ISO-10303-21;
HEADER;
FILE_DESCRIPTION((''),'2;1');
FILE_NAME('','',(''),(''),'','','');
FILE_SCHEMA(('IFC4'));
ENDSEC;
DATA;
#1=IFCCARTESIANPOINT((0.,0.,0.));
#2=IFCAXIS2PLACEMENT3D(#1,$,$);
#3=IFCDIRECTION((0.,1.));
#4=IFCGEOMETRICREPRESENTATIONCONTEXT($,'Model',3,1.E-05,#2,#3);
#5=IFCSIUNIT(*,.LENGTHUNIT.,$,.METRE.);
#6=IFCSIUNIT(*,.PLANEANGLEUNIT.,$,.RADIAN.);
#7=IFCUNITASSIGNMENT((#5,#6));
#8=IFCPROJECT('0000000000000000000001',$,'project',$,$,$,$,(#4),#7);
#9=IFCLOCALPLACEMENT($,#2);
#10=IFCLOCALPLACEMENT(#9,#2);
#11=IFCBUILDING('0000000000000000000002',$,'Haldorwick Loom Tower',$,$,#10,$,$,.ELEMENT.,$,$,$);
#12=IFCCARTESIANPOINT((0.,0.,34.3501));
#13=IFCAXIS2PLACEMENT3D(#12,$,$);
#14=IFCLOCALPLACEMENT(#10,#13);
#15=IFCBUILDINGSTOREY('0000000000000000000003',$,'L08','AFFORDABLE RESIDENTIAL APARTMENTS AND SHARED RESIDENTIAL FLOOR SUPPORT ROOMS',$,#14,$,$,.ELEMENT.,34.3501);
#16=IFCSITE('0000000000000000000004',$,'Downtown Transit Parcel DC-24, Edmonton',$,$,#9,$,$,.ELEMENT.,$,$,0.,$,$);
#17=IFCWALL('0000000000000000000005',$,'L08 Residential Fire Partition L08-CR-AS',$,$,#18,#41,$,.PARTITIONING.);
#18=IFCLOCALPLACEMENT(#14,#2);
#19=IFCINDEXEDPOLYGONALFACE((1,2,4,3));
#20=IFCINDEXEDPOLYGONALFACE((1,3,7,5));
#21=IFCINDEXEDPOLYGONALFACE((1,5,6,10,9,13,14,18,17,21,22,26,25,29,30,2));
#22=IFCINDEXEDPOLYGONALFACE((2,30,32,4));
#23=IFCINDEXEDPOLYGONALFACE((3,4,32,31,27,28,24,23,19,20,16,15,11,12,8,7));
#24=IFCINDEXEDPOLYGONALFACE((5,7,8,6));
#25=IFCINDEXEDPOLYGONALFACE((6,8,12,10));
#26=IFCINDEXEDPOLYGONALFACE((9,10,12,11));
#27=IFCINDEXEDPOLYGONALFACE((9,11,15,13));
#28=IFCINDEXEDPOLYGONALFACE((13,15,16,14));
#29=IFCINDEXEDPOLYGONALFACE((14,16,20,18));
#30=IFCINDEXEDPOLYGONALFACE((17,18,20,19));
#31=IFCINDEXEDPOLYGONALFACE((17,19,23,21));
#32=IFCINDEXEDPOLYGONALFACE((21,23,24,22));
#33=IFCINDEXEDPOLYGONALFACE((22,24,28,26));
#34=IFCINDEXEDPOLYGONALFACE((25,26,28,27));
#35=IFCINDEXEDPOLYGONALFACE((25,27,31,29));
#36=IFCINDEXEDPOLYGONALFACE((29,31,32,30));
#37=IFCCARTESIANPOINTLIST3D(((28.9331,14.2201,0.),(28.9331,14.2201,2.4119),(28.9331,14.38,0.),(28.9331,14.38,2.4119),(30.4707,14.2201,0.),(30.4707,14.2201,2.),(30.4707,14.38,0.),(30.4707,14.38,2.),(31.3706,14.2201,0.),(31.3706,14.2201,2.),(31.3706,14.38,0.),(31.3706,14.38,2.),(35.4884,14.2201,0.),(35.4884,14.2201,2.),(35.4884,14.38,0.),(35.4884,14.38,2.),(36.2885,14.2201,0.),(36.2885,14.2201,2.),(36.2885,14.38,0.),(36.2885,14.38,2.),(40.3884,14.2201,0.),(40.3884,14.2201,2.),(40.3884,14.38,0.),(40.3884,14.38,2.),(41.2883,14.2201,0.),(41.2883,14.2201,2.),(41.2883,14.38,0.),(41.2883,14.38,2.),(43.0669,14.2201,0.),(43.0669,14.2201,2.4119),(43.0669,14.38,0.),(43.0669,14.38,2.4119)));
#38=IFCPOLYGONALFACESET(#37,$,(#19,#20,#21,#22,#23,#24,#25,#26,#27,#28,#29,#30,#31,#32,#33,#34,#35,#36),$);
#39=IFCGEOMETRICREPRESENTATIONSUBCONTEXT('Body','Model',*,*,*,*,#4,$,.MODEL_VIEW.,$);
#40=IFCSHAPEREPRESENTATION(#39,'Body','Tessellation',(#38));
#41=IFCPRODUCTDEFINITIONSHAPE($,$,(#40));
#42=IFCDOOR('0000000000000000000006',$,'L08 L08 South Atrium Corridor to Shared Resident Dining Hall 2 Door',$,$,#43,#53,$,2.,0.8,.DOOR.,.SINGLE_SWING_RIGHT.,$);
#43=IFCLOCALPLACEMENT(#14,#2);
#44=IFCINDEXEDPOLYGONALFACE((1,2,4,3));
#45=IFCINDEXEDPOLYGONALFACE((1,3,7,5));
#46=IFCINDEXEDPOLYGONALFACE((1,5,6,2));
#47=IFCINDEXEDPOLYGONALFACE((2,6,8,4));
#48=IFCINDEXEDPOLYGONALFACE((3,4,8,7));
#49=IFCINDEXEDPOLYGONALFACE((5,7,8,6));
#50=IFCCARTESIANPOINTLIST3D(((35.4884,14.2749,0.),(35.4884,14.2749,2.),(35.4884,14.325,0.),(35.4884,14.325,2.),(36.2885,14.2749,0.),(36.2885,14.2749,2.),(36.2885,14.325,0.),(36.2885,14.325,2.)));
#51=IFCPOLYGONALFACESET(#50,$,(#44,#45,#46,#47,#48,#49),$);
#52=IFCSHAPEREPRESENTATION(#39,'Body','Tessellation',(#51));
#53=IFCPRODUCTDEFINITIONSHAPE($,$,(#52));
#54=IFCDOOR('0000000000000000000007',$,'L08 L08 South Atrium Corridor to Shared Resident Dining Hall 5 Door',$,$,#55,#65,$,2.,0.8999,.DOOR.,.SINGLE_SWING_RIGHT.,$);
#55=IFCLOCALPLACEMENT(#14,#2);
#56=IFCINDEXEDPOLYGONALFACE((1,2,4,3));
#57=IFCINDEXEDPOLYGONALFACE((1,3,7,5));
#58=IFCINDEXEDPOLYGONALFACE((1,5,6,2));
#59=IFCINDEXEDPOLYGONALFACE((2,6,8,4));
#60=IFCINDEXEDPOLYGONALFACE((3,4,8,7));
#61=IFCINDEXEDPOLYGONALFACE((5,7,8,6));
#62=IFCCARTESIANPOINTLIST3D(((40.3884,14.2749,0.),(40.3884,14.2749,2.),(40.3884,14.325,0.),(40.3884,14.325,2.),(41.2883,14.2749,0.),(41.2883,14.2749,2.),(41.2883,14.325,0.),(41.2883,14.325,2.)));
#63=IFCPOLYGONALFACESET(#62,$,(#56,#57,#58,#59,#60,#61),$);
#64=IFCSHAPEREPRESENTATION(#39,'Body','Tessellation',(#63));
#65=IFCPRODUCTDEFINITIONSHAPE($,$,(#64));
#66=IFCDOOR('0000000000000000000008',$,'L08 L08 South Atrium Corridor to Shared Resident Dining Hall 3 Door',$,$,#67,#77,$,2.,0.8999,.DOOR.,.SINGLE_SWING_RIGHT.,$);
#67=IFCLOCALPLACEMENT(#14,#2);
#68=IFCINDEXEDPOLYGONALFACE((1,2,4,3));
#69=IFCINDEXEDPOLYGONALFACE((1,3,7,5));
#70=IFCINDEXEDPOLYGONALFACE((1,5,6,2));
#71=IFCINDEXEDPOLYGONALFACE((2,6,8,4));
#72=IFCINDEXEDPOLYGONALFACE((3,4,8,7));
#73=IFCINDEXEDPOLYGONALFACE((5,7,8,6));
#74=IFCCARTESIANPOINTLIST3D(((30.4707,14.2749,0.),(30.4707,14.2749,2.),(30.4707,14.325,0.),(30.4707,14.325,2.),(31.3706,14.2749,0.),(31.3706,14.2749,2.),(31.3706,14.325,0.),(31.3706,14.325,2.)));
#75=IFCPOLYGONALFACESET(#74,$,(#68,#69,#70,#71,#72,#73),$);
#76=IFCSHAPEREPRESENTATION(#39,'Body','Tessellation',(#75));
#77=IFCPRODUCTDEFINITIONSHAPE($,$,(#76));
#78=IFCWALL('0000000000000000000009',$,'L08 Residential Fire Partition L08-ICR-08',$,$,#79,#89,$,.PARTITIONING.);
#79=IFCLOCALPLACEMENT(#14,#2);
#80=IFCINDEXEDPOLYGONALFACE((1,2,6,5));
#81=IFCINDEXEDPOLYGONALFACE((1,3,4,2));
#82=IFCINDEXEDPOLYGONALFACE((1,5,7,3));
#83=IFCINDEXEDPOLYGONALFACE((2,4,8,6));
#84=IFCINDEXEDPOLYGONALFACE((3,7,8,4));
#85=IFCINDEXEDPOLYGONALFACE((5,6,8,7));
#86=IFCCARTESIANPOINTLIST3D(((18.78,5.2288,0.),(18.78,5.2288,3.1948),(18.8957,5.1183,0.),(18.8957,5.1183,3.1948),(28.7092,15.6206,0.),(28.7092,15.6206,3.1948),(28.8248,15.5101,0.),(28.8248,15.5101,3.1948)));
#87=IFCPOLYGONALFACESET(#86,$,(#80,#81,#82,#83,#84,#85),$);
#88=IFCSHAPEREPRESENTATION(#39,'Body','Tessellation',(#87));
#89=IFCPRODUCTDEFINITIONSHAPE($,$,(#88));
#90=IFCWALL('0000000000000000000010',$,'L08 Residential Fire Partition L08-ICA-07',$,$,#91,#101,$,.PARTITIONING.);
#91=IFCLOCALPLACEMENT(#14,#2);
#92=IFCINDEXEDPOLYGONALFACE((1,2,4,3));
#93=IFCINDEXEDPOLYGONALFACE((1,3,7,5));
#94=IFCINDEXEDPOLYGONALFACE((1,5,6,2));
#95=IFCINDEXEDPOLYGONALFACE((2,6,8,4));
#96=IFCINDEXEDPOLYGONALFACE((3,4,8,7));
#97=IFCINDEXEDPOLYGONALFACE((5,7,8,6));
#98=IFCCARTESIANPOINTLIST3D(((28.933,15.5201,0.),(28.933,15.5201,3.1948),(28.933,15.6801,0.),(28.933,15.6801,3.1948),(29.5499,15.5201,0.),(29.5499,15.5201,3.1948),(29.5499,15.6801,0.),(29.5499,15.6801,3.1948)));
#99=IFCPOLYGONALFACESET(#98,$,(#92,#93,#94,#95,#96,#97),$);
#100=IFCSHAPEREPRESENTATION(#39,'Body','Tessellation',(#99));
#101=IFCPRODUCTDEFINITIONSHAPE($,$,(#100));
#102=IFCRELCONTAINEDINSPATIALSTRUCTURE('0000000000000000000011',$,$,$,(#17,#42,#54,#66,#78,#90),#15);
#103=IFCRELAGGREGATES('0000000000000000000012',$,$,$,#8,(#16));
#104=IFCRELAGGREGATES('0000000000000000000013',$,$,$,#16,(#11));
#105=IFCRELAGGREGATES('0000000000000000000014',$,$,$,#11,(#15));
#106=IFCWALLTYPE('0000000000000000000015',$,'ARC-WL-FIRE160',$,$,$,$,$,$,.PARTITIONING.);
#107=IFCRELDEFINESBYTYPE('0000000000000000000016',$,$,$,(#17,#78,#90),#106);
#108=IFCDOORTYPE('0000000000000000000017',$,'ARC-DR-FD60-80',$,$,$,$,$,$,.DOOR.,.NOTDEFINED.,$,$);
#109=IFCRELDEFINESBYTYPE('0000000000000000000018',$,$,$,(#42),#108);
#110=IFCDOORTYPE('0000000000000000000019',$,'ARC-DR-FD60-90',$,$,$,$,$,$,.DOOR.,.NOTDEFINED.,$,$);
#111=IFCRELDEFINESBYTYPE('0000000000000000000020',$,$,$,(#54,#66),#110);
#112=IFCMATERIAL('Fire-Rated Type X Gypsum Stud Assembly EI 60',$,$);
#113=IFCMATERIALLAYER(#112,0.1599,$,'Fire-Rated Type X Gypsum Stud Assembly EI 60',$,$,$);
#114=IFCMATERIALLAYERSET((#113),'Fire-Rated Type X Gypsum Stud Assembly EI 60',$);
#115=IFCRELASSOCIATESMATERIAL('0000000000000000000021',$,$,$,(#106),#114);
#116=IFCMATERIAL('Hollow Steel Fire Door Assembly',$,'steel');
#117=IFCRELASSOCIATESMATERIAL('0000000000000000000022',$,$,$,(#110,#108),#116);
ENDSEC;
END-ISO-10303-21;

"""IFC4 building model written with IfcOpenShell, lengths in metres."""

from ifc_helpers import new_model, si_unit, direction, frame, frame_2d, origin, place, context, subcontext, project, spatial, rectangle, extrude, material, layer, layer_set, type_object, element, fill, save


model = new_model("IFC4")

# Units and contexts
model_context = context("Model", 3, precision=1e-05, world=origin(), true_north=direction((0.0, 1.0)))
body_context = subcontext(model_context, "Body", "Model", "MODEL_VIEW")
ifc_project = project(units=[si_unit("LENGTHUNIT", "METRE"), si_unit("PLANEANGLEUNIT", "RADIAN")], contexts=[model_context])

# Site, building, storey
site_placement = place(None, origin())
site = spatial("IfcSite", under=ifc_project, at=site_placement, Name="Downtown Transit Parcel DC-24, Edmonton", CompositionType="ELEMENT", RefElevation=0.0)
building_placement = place(site_placement, origin())
building = spatial("IfcBuilding", under=site, at=building_placement, Name="Haldorwick Loom Tower", CompositionType="ELEMENT")
storey_placement = place(building_placement, frame((0.0, 0.0, 34.3501)))
storey = spatial("IfcBuildingStorey", under=building, at=storey_placement, Name="L08", Description="AFFORDABLE RESIDENTIAL APARTMENTS AND SHARED RESIDENTIAL FLOOR SUPPORT ROOMS", CompositionType="ELEMENT", Elevation=34.3501)

# Wall, openings, doors
ifc_material_1 = material(Name="Fire-Rated Type X Gypsum Stud Assembly EI 60")
ifc_layer_1 = layer(ifc_material_1, 0.1599, Name="Fire-Rated Type X Gypsum Stud Assembly EI 60")
ifc_layer_set_1 = layer_set([ifc_layer_1], Name="Fire-Rated Type X Gypsum Stud Assembly EI 60")
wall_type_1 = type_object("IfcWallType", Name="ARC-WL-FIRE160", PredefinedType="PARTITIONING", material=ifc_layer_set_1)
ifc_material_2 = material(Name="Hollow Steel Fire Door Assembly", Category="steel")
door_type_1 = type_object("IfcDoorType", Name="ARC-DR-FD60-90", OperationType="NOTDEFINED", PredefinedType="DOOR", material=ifc_material_2)
wall_1_placement = place(storey_placement, frame((28.9331, 14.3, 0.0), z_axis=(0.0, 0.0, 1.0), x_axis=(1.0, 0.0, 0.0)))
wall_1 = element("IfcWall", 1, at=wall_1_placement, inside=storey, type_object=wall_type_1, Name="L08 Residential Fire Partition L08-CR-AS", PredefinedType="PARTITIONING", context=body_context, shape_type="SweptSolid", body=[
    extrude(rectangle(XDim=14.1338, YDim=0.1599, at=frame_2d((7.0669, 0.0))), origin(), (0.0, 0.0, 1.0), 2.4119),
])
opening_1_placement = place(wall_1_placement, frame((11.4553, 0.0, 0.0)))
opening_1 = element("IfcOpeningElement", 2, at=opening_1_placement, cuts=wall_1, PredefinedType="OPENING", context=body_context, shape_type="SweptSolid", body=[
    extrude(rectangle(XDim=0.8999, YDim=2.0, at=frame_2d((0.45, 1.0))), frame((0.0, 0.0898, 0.0), z_axis=(0.0, -1.0, 0.0), x_axis=(1.0, 0.0, 0.0)), (0.0, 0.0, 1.0), 0.1799),
])
opening_2_placement = place(wall_1_placement, frame((1.5376, 0.0, 0.0)))
opening_2 = element("IfcOpeningElement", 3, at=opening_2_placement, cuts=wall_1, PredefinedType="OPENING", context=body_context, shape_type="SweptSolid", body=[
    extrude(rectangle(XDim=0.8999, YDim=2.0, at=frame_2d((0.45, 1.0))), frame((0.0, 0.0898, 0.0), z_axis=(0.0, -1.0, 0.0), x_axis=(1.0, 0.0, 0.0)), (0.0, 0.0, 1.0), 0.1799),
])
opening_3_placement = place(wall_1_placement, frame((6.5554, 0.0, 0.0)))
opening_3 = element("IfcOpeningElement", 4, at=opening_3_placement, cuts=wall_1, PredefinedType="OPENING", context=body_context, shape_type="SweptSolid", body=[
    extrude(rectangle(XDim=0.8, YDim=2.0, at=frame_2d((0.3999, 1.0))), frame((0.0, 0.0898, 0.0), z_axis=(0.0, -1.0, 0.0), x_axis=(1.0, 0.0, 0.0)), (0.0, 0.0, 1.0), 0.1799),
])
door_type_2 = type_object("IfcDoorType", Name="ARC-DR-FD60-80", OperationType="NOTDEFINED", PredefinedType="DOOR", material=ifc_material_2)
door_1_placement = place(opening_3_placement, origin())
door_1 = element("IfcDoor", 5, at=door_1_placement, inside=storey, type_object=door_type_2, Name="L08 L08 South Atrium Corridor to Shared Resident Dining Hall 2 Door", OperationType="SINGLE_SWING_RIGHT", OverallHeight=2.0, OverallWidth=0.8, PredefinedType="DOOR", context=body_context, shape_type="SweptSolid", body=[
    extrude(rectangle(XDim=0.8, YDim=2.0, at=frame_2d((0.3999, 1.0))), frame((0.0, 0.0249, 0.0), z_axis=(0.0, -1.0, 0.0), x_axis=(1.0, 0.0, 0.0)), (0.0, 0.0, 1.0), 0.05),
])
fill(opening_3, door_1)
door_2_placement = place(opening_1_placement, origin())
door_2 = element("IfcDoor", 6, at=door_2_placement, inside=storey, type_object=door_type_1, Name="L08 L08 South Atrium Corridor to Shared Resident Dining Hall 5 Door", OperationType="SINGLE_SWING_RIGHT", OverallHeight=2.0, OverallWidth=0.8999, PredefinedType="DOOR", context=body_context, shape_type="SweptSolid", body=[
    extrude(rectangle(XDim=0.8999, YDim=2.0, at=frame_2d((0.45, 1.0))), frame((0.0, 0.0249, 0.0), z_axis=(0.0, -1.0, 0.0), x_axis=(1.0, 0.0, 0.0)), (0.0, 0.0, 1.0), 0.05),
])
fill(opening_1, door_2)
door_3_placement = place(opening_2_placement, origin())
door_3 = element("IfcDoor", 7, at=door_3_placement, inside=storey, type_object=door_type_1, Name="L08 L08 South Atrium Corridor to Shared Resident Dining Hall 3 Door", OperationType="SINGLE_SWING_RIGHT", OverallHeight=2.0, OverallWidth=0.8999, PredefinedType="DOOR", context=body_context, shape_type="SweptSolid", body=[
    extrude(rectangle(XDim=0.8999, YDim=2.0, at=frame_2d((0.45, 1.0))), frame((0.0, 0.0249, 0.0), z_axis=(0.0, -1.0, 0.0), x_axis=(1.0, 0.0, 0.0)), (0.0, 0.0, 1.0), 0.05),
])
fill(opening_2, door_3)

# Walls
wall_2_placement = place(storey_placement, frame((28.7671, 15.5654, 0.0), z_axis=(0.0, 0.0, 1.0), x_axis=(-0.690829, -0.723018, 0.0)))
element("IfcWall", 8, at=wall_2_placement, inside=storey, type_object=wall_type_1, Name="L08 Residential Fire Partition L08-ICR-08", PredefinedType="PARTITIONING", context=body_context, shape_type="SweptSolid", body=[
    extrude(rectangle(XDim=14.3728, YDim=0.1599, at=frame_2d((7.1865, 0.0))), origin(), (0.0, 0.0, 1.0), 3.1948),
])
wall_3_placement = place(storey_placement, frame((29.55, 15.6001, 0.0), z_axis=(0.0, 0.0, 1.0), x_axis=(-1.0, 0.0, 0.0)))
element("IfcWall", 9, at=wall_3_placement, inside=storey, type_object=wall_type_1, Name="L08 Residential Fire Partition L08-ICA-07", PredefinedType="PARTITIONING", context=body_context, shape_type="SweptSolid", body=[
    extrude(rectangle(XDim=0.6169, YDim=0.1599, at=frame_2d((0.3086, 0.0))), origin(), (0.0, 0.0, 1.0), 3.1948),
])

save(model, "model.ifc")
